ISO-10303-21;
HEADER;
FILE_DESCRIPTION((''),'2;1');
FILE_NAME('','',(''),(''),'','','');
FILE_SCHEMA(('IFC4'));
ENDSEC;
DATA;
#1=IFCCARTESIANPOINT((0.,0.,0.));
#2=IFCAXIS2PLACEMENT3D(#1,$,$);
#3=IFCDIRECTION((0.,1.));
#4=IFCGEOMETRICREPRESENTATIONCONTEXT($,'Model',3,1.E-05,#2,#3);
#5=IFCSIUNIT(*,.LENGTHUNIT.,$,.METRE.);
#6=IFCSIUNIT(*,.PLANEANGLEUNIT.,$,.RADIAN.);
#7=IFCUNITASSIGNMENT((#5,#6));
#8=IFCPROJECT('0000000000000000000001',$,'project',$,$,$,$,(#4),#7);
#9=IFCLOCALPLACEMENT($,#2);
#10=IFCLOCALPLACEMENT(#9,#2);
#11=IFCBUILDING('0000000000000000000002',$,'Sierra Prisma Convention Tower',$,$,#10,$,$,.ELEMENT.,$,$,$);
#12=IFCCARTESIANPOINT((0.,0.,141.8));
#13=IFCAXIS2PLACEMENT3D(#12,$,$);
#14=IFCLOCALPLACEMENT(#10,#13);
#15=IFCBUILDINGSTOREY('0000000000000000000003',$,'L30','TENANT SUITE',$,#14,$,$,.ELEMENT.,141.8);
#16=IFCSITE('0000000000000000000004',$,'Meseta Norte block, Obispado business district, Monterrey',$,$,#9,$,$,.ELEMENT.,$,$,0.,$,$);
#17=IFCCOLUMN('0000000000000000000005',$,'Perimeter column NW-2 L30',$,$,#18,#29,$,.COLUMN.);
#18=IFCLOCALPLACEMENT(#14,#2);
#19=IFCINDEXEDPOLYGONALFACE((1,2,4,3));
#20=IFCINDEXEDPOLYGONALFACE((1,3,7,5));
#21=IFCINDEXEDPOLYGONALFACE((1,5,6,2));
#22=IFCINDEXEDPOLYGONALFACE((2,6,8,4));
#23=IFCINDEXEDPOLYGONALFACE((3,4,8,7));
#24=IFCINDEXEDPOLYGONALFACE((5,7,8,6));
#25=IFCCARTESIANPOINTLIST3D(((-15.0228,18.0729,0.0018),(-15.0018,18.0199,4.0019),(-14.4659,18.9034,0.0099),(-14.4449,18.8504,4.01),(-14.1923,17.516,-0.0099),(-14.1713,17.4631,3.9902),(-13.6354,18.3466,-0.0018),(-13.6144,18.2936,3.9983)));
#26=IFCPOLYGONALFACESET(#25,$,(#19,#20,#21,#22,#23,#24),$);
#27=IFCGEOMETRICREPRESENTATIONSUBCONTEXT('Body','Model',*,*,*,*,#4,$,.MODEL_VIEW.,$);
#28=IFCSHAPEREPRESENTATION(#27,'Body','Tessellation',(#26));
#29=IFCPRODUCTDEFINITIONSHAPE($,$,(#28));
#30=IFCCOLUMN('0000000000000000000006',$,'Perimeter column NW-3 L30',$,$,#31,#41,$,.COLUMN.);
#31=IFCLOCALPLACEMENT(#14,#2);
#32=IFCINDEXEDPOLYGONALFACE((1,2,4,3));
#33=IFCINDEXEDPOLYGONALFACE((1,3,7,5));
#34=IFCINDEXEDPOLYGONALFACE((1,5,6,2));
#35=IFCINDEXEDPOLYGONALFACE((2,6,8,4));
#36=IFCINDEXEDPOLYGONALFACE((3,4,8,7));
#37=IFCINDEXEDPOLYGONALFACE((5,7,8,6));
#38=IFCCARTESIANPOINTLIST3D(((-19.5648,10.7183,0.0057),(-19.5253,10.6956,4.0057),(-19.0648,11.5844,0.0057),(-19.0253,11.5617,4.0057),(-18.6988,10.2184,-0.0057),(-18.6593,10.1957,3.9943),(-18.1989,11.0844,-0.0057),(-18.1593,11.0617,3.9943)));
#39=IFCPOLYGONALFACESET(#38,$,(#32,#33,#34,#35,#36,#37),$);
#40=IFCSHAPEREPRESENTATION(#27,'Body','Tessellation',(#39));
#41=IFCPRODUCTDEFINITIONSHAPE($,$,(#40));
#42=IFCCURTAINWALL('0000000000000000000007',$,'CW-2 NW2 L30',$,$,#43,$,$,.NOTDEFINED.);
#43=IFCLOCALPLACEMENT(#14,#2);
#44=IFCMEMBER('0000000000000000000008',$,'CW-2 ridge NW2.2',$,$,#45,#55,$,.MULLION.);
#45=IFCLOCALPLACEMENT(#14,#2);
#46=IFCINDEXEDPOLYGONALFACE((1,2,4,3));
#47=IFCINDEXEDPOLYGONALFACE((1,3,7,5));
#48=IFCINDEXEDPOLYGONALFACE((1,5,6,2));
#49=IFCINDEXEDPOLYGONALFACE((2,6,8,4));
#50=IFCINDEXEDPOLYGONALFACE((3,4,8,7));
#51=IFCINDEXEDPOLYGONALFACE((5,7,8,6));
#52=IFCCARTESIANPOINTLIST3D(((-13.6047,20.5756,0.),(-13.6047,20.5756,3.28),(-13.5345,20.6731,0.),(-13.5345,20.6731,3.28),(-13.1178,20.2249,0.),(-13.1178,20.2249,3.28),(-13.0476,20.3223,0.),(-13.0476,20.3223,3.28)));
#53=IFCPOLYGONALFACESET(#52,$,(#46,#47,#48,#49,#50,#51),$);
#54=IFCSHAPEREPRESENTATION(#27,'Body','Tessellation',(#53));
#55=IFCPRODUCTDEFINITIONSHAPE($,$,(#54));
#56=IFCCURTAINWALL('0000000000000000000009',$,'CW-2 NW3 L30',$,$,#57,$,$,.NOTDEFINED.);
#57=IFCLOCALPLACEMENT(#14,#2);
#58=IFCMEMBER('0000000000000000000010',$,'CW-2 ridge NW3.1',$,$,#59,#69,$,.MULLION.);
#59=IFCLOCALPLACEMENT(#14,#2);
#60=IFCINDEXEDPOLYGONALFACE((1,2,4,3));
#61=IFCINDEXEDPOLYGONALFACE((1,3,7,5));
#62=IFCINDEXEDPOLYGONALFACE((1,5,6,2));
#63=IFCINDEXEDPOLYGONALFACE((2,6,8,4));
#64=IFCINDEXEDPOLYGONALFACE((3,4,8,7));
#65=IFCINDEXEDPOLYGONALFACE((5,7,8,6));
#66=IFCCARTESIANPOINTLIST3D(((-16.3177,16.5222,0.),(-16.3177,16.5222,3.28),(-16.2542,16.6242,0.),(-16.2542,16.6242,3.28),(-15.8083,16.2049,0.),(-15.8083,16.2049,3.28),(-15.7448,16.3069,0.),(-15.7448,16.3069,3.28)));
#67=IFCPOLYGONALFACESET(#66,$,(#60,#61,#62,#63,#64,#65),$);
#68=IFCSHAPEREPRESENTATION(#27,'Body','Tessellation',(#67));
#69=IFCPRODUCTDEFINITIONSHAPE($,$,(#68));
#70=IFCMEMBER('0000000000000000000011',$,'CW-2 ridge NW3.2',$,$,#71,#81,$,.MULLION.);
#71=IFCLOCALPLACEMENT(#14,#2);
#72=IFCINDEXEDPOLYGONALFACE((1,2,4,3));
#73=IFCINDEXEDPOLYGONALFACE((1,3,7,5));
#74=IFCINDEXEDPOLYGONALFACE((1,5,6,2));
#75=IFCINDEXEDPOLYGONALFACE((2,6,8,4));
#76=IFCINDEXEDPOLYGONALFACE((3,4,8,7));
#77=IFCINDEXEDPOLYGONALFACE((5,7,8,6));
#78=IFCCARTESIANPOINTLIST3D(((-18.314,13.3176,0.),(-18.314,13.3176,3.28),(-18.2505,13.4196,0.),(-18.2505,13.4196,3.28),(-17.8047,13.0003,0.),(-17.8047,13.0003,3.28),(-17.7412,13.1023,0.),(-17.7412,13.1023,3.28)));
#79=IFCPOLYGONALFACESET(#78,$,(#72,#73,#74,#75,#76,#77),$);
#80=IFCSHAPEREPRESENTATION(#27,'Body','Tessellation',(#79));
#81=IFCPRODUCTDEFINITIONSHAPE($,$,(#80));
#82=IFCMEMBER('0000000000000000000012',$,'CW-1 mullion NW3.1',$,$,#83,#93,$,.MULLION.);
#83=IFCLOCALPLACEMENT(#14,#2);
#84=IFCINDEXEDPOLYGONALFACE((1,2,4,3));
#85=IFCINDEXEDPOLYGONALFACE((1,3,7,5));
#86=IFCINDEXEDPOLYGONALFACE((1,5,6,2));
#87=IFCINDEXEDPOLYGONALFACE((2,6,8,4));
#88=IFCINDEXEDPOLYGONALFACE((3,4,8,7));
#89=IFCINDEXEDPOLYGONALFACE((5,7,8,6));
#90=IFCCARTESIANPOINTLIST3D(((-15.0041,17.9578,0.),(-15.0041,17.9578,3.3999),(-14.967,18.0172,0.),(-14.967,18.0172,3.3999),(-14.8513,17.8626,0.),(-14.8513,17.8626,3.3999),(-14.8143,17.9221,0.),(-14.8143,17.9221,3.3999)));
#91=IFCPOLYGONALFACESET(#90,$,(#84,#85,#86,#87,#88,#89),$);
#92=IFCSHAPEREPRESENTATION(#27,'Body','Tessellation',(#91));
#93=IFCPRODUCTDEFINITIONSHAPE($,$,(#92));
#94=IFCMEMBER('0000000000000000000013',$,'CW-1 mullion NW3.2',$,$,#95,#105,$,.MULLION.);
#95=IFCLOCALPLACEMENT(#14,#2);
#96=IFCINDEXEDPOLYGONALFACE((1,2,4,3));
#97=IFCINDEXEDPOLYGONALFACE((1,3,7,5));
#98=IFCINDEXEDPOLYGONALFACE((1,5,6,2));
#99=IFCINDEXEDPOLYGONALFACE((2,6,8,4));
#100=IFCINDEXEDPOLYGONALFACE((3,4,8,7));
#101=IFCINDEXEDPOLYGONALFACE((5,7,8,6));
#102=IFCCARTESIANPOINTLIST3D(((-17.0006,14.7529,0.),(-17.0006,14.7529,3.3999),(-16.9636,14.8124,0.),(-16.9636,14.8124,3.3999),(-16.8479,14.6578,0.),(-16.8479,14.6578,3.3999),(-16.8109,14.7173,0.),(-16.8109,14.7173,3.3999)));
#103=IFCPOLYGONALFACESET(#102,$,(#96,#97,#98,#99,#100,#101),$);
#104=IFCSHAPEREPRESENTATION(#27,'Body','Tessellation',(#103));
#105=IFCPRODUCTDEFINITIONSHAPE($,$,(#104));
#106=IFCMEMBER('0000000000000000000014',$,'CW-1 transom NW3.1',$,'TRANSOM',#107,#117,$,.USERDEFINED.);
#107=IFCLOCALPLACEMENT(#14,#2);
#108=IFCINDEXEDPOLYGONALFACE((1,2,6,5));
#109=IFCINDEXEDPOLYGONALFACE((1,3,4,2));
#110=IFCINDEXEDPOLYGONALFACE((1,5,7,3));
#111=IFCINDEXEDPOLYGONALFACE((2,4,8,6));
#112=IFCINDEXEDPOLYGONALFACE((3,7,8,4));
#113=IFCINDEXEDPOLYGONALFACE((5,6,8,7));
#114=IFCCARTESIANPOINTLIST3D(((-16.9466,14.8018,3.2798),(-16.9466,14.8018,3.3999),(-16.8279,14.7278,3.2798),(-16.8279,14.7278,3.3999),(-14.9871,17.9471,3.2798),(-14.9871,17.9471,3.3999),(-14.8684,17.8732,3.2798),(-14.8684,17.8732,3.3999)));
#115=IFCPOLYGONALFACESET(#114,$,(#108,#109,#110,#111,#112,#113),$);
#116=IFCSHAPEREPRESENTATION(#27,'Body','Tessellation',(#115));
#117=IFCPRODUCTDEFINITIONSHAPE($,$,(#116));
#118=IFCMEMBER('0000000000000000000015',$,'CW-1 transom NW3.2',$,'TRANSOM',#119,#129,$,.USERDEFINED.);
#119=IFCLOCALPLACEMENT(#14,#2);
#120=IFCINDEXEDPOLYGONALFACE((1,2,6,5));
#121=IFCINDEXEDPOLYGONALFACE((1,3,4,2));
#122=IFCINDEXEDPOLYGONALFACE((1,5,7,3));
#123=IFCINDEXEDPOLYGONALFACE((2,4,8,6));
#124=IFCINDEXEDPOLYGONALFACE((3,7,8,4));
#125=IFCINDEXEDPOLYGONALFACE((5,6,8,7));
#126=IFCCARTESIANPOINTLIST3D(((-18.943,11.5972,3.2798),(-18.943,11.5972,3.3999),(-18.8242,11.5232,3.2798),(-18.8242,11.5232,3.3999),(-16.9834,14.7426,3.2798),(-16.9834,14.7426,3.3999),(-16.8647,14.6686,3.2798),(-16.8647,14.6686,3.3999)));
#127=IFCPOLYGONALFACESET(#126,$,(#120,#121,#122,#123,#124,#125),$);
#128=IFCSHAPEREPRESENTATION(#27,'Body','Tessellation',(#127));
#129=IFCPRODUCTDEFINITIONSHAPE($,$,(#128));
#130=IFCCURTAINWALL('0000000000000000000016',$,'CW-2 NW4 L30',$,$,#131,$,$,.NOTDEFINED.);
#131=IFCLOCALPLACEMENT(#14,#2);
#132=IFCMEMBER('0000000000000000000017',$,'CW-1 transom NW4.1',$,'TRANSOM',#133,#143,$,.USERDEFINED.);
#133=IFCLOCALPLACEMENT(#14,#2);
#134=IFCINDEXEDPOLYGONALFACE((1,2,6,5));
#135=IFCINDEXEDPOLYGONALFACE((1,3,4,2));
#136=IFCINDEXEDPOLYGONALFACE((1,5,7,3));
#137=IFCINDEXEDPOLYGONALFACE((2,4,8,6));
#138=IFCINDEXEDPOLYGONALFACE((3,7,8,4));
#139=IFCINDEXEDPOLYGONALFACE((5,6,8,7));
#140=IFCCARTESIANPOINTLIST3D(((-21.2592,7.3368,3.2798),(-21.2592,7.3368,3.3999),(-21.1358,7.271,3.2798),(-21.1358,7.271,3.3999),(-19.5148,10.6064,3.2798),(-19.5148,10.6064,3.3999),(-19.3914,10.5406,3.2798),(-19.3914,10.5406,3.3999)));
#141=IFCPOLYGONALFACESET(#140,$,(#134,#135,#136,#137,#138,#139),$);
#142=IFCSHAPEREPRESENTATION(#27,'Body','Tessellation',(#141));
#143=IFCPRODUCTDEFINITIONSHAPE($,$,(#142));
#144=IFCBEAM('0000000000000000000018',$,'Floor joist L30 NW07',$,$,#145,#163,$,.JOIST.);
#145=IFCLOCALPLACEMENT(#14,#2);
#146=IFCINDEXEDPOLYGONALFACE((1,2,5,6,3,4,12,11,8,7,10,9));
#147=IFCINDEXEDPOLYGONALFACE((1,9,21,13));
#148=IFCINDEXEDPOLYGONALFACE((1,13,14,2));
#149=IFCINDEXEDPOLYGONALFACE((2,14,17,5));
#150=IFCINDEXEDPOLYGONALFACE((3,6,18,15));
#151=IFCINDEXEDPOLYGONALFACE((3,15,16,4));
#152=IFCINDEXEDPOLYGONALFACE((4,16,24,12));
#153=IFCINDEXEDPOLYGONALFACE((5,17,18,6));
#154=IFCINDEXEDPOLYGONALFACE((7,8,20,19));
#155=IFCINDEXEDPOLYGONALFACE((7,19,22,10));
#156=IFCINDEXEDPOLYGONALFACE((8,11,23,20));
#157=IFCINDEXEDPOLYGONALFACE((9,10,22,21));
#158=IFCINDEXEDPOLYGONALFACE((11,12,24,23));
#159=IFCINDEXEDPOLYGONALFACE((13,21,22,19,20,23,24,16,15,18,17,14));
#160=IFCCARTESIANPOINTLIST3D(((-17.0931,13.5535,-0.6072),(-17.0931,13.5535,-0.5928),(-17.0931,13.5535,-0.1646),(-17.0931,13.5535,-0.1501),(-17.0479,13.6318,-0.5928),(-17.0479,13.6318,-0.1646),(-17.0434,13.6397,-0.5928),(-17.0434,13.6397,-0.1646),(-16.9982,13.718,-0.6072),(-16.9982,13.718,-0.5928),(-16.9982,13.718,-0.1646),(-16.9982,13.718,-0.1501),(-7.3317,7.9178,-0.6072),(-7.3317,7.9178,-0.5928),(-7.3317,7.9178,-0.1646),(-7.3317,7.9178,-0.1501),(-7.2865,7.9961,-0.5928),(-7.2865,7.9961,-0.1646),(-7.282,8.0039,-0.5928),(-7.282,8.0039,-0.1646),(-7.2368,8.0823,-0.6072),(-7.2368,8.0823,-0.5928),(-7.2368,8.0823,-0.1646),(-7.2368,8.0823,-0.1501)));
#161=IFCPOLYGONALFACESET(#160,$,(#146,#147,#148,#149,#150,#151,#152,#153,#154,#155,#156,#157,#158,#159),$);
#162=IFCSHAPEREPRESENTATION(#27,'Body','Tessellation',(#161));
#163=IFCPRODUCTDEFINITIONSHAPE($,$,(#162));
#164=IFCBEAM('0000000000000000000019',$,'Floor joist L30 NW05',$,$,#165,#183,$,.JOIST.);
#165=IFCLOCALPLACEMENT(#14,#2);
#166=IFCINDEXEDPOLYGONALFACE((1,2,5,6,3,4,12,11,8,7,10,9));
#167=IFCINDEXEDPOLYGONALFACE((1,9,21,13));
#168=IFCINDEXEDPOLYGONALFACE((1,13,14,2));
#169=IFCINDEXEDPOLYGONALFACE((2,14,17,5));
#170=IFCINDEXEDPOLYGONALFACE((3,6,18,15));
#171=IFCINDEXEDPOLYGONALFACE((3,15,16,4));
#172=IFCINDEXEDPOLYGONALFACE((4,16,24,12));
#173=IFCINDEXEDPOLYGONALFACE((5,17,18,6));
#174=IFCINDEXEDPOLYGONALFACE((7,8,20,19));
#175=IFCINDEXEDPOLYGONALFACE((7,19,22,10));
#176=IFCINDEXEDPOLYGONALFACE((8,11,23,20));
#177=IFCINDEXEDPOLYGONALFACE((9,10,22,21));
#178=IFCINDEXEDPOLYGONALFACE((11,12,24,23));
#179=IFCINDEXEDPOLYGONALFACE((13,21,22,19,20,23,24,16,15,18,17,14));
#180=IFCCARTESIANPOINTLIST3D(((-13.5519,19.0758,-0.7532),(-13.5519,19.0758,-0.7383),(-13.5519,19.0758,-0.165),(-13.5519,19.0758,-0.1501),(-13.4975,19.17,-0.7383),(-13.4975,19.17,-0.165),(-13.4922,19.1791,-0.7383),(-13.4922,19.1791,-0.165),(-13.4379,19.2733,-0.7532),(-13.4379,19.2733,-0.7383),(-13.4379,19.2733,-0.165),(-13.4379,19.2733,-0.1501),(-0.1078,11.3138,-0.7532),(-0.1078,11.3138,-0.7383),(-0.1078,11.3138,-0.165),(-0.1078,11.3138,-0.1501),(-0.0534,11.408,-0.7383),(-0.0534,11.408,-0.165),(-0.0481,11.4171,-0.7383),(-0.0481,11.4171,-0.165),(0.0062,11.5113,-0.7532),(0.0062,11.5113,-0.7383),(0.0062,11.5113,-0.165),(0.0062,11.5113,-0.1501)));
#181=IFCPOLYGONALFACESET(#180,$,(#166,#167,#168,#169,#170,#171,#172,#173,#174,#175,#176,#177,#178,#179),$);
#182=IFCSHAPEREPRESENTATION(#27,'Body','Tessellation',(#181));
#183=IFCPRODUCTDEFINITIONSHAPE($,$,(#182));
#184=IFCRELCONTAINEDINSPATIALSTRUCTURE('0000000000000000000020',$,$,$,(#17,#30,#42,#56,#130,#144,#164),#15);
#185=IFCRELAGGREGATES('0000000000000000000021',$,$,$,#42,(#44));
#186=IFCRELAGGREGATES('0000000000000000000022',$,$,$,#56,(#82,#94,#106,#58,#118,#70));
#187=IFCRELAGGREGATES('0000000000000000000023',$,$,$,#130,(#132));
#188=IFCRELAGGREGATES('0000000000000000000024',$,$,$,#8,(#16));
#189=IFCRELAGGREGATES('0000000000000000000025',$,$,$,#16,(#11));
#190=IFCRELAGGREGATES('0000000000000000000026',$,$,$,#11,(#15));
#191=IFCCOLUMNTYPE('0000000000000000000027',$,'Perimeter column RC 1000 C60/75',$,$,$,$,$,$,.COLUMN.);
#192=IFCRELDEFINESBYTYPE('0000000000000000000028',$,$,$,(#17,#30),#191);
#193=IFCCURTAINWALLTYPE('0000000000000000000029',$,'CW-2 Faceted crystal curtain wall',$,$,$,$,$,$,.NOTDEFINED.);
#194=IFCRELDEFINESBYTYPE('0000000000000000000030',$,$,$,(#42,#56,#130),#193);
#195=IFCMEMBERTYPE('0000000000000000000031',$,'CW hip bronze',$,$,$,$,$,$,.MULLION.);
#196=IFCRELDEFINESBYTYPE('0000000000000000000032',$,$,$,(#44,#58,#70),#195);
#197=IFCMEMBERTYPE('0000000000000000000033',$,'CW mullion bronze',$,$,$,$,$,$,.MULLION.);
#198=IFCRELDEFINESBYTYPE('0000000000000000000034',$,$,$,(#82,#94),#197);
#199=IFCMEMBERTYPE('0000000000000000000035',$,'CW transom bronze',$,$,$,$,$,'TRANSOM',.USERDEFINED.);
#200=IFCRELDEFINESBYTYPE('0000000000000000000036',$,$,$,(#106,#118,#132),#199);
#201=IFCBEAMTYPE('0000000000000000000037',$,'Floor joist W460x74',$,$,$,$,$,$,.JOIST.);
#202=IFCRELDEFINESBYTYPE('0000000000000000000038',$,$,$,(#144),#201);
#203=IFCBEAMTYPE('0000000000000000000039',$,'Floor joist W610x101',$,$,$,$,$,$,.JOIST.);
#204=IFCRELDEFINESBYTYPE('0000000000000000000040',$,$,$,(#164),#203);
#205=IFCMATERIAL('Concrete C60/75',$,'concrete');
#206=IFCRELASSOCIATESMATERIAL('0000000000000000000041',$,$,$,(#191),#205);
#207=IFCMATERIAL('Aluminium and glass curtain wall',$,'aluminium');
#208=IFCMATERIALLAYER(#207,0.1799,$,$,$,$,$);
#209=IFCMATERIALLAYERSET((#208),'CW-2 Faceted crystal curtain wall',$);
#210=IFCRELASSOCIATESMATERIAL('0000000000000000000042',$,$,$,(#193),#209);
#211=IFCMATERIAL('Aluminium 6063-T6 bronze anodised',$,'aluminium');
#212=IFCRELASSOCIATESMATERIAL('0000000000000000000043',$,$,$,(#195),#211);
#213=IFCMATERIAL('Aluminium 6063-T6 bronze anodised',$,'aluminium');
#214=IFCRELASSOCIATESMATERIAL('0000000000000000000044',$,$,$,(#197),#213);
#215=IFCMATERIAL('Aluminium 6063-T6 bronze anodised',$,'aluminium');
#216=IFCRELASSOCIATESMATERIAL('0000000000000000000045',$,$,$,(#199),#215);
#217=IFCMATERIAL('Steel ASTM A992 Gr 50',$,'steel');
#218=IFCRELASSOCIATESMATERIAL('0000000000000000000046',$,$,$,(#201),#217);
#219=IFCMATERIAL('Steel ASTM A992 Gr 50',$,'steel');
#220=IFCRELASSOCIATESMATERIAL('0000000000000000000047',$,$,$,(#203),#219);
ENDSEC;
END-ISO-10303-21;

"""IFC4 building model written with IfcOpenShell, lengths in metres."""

from ifc_helpers import new_model, si_unit, direction, frame, origin, origin_2d, place, context, subcontext, project, spatial, rectangle, i_section, extrude, material, layer, layer_set, material_profile, profile_set, type_object, element, aggregate, save


model = new_model("IFC4")

# Units and contexts
model_context = context("Model", 3, precision=1e-05, world=origin(), true_north=direction((0.0, 1.0)))
body_context = subcontext(model_context, "Body", "Model", "MODEL_VIEW")
ifc_project = project(units=[si_unit("LENGTHUNIT", "METRE"), si_unit("PLANEANGLEUNIT", "RADIAN")], contexts=[model_context])

# Site, building, storey
site_placement = place(None, origin())
site = spatial("IfcSite", under=ifc_project, at=site_placement, Name="Meseta Norte block, Obispado business district, Monterrey", CompositionType="ELEMENT", RefElevation=0.0)
building_placement = place(site_placement, origin())
building = spatial("IfcBuilding", under=site, at=building_placement, Name="Sierra Prisma Convention Tower", CompositionType="ELEMENT")
storey_placement = place(building_placement, frame((0.0, 0.0, 141.8)))
storey = spatial("IfcBuildingStorey", under=building, at=storey_placement, Name="L30", Description="TENANT SUITE", CompositionType="ELEMENT", Elevation=141.8)

# Columns
ifc_material_1 = material(Name="Concrete C60/75", Category="concrete")
ifc_material_profile_1 = material_profile(ifc_material_1, rectangle(XDim=1.0, YDim=1.0, at=origin_2d()), Name="Perimeter column RC 1000 C60/75")
ifc_profile_set_1 = profile_set([ifc_material_profile_1], Name="Concrete C60/75")
column_type = type_object("IfcColumnType", Name="Perimeter column RC 1000 C60/75", PredefinedType="COLUMN", material=ifc_profile_set_1)
column_1_placement = place(storey_placement, frame((-14.3291, 18.2097, 0.0), z_axis=(0.005248, -0.013243, 0.999899), x_axis=(0.556911, 0.830533, 0.008077)))
element("IfcColumn", 1, at=column_1_placement, inside=storey, type_object=column_type, Name="Perimeter column NW-2 L30", PredefinedType="COLUMN", context=body_context, shape_type="SweptSolid", body=[
    extrude(rectangle(XDim=1.0, YDim=1.0, at=origin_2d()), origin(), (0.0, 0.0, 1.0), 4.0005),
])
column_2_placement = place(storey_placement, frame((-18.8818, 10.9014, 0.0), z_axis=(0.009887, -0.005676, 0.999935), x_axis=(0.499976, 0.86604, -0.000028)))
element("IfcColumn", 2, at=column_2_placement, inside=storey, type_object=column_type, Name="Perimeter column NW-3 L30", PredefinedType="COLUMN", context=body_context, shape_type="SweptSolid", body=[
    extrude(rectangle(XDim=1.0, YDim=1.0, at=origin_2d()), origin(), (0.0, 0.0, 1.0), 4.0002),
])

# Curtain wall, member
ifc_material_2 = material(Name="Aluminium and glass curtain wall", Category="aluminium")
ifc_layer_1 = layer(ifc_material_2, 0.1799)
ifc_layer_set_1 = layer_set([ifc_layer_1], Name="CW-2 Faceted crystal curtain wall")
curtain_wall_type = type_object("IfcCurtainWallType", Name="CW-2 Faceted crystal curtain wall", PredefinedType="NOTDEFINED", material=ifc_layer_set_1)
curtain_wall_1_placement = place(storey_placement, origin())
curtain_wall_1 = element("IfcCurtainWall", 3, at=curtain_wall_1_placement, inside=storey, type_object=curtain_wall_type, Name="CW-2 NW2 L30", PredefinedType="NOTDEFINED")
ifc_material_3 = material(Name="Aluminium 6063-T6 bronze anodised", Category="aluminium")
ifc_material_profile_2 = material_profile(ifc_material_3, rectangle(XDim=0.1201, YDim=0.6001, at=origin_2d()), Name="ALU RIDGE BLADE 120x600")
ifc_profile_set_2 = profile_set([ifc_material_profile_2], Name="Aluminium 6063-T6 bronze anodised")
member_type_1 = type_object("IfcMemberType", Name="CW hip bronze", PredefinedType="MULLION", material=ifc_profile_set_2)
member_1_placement = place(storey_placement, frame((-13.3262, 20.449, 0.0), z_axis=(0.0, 0.0, 1.0), x_axis=(-0.584454, -0.811427, 0.0)))
member_1 = element("IfcMember", 4, at=member_1_placement, type_object=member_type_1, Name="CW-2 ridge NW2.2", PredefinedType="MULLION", context=body_context, shape_type="SweptSolid", body=[
    extrude(rectangle(XDim=0.1201, YDim=0.6001, at=origin_2d()), origin(), (0.0, 0.0, 1.0), 3.28),
])

# Curtain wall, members
curtain_wall_2_placement = place(storey_placement, origin())
curtain_wall_2 = element("IfcCurtainWall", 5, at=curtain_wall_2_placement, inside=storey, type_object=curtain_wall_type, Name="CW-2 NW3 L30", PredefinedType="NOTDEFINED")
member_2_placement = place(storey_placement, frame((-16.0312, 16.4146, 0.0), z_axis=(0.0, 0.0, 1.0), x_axis=(-0.528757, -0.848774, 0.0)))
member_2 = element("IfcMember", 6, at=member_2_placement, type_object=member_type_1, Name="CW-2 ridge NW3.1", PredefinedType="MULLION", context=body_context, shape_type="SweptSolid", body=[
    extrude(rectangle(XDim=0.1201, YDim=0.6001, at=origin_2d()), origin(), (0.0, 0.0, 1.0), 3.28),
])
member_3_placement = place(storey_placement, frame((-18.0276, 13.21, 0.0), z_axis=(0.0, 0.0, 1.0), x_axis=(-0.528757, -0.848774, 0.0)))
member_3 = element("IfcMember", 7, at=member_3_placement, type_object=member_type_1, Name="CW-2 ridge NW3.2", PredefinedType="MULLION", context=body_context, shape_type="SweptSolid", body=[
    extrude(rectangle(XDim=0.1201, YDim=0.6001, at=origin_2d()), origin(), (0.0, 0.0, 1.0), 3.28),
])
ifc_material_4 = material(Name="Aluminium 6063-T6 bronze anodised", Category="aluminium")
ifc_material_profile_3 = material_profile(ifc_material_4, rectangle(XDim=0.1799, YDim=0.0701, at=origin_2d()), Name="ALU MULLION 70x180")
ifc_profile_set_3 = profile_set([ifc_material_profile_3], Name="Aluminium 6063-T6 bronze anodised")
member_type_2 = type_object("IfcMemberType", Name="CW mullion bronze", PredefinedType="MULLION", material=ifc_profile_set_3)
member_4_placement = place(storey_placement, frame((-14.9092, 17.9399, 0.0), z_axis=(0.0, 0.0, 1.0), x_axis=(0.848774, -0.528757, 0.0)))
member_4 = element("IfcMember", 8, at=member_4_placement, type_object=member_type_2, Name="CW-1 mullion NW3.1", PredefinedType="MULLION", context=body_context, shape_type="SweptSolid", body=[
    extrude(rectangle(XDim=0.1799, YDim=0.0701, at=origin_2d()), origin(), (0.0, 0.0, 1.0), 3.3999),
])
member_5_placement = place(storey_placement, frame((-16.9058, 14.7351, 0.0), z_axis=(0.0, 0.0, 1.0), x_axis=(0.848774, -0.528757, 0.0)))
member_5 = element("IfcMember", 9, at=member_5_placement, type_object=member_type_2, Name="CW-1 mullion NW3.2", PredefinedType="MULLION", context=body_context, shape_type="SweptSolid", body=[
    extrude(rectangle(XDim=0.1799, YDim=0.0701, at=origin_2d()), origin(), (0.0, 0.0, 1.0), 3.3999),
])
ifc_material_5 = material(Name="Aluminium 6063-T6 bronze anodised", Category="aluminium")
ifc_material_profile_4 = material_profile(ifc_material_5, rectangle(XDim=0.1399, YDim=0.1201, at=origin_2d()), Name="ALU TRANSOM 120x140")
ifc_profile_set_4 = profile_set([ifc_material_profile_4], Name="Aluminium 6063-T6 bronze anodised")
member_type_3 = type_object("IfcMemberType", Name="CW transom bronze", ElementType="TRANSOM", PredefinedType="USERDEFINED", material=ifc_profile_set_4)
member_6_placement = place(storey_placement, frame((-14.9277, 17.9102, 3.3398), z_axis=(-0.528773, -0.848764, 0.0), x_axis=(0.848764, -0.528773, 0.0)))
member_6 = element("IfcMember", 10, at=member_6_placement, type_object=member_type_3, Name="CW-1 transom NW3.1", ObjectType="TRANSOM", PredefinedType="USERDEFINED", context=body_context, shape_type="SweptSolid", body=[
    extrude(rectangle(XDim=0.1399, YDim=0.1201, at=origin_2d()), origin(), (0.0, 0.0, 1.0), 3.7058),
])
member_7_placement = place(storey_placement, frame((-16.9241, 14.7056, 3.3398), z_axis=(-0.528773, -0.848764, 0.0), x_axis=(0.848764, -0.528773, 0.0)))
member_7 = element("IfcMember", 11, at=member_7_placement, type_object=member_type_3, Name="CW-1 transom NW3.2", ObjectType="TRANSOM", PredefinedType="USERDEFINED", context=body_context, shape_type="SweptSolid", body=[
    extrude(rectangle(XDim=0.1399, YDim=0.1201, at=origin_2d()), origin(), (0.0, 0.0, 1.0), 3.7058),
])

# Curtain wall, member
curtain_wall_3_placement = place(storey_placement, origin())
curtain_wall_3 = element("IfcCurtainWall", 12, at=curtain_wall_3_placement, inside=storey, type_object=curtain_wall_type, Name="CW-2 NW4 L30", PredefinedType="NOTDEFINED")
member_8_placement = place(storey_placement, frame((-19.4531, 10.5735, 3.3398), z_axis=(-0.470722, -0.882282, 0.0), x_axis=(0.882282, -0.470722, 0.0)))
member_8 = element("IfcMember", 13, at=member_8_placement, type_object=member_type_3, Name="CW-1 transom NW4.1", ObjectType="TRANSOM", PredefinedType="USERDEFINED", context=body_context, shape_type="SweptSolid", body=[
    extrude(rectangle(XDim=0.1399, YDim=0.1201, at=origin_2d()), origin(), (0.0, 0.0, 1.0), 3.7058),
])

# Beams
ifc_material_6 = material(Name="Steel ASTM A992 Gr 50", Category="steel")
ifc_material_profile_5 = material_profile(ifc_material_6, i_section(OverallWidth=0.1899, OverallDepth=0.457, WebThickness=0.009, FlangeThickness=0.0144, at=origin_2d()), Name="W460x74")
ifc_profile_set_5 = profile_set([ifc_material_profile_5], Name="Steel ASTM A992 Gr 50")
beam_type_1 = type_object("IfcBeamType", Name="Floor joist W460x74", PredefinedType="JOIST", material=ifc_profile_set_5)
beam_1_placement = place(storey_placement, frame((-17.0457, 13.6357, -0.3787), z_axis=(0.866027, -0.499997, 0.0), x_axis=(0.499997, 0.866027, 0.0)))
element("IfcBeam", 14, at=beam_1_placement, inside=storey, type_object=beam_type_1, Name="Floor joist L30 NW07", PredefinedType="JOIST", context=body_context, shape_type="SweptSolid", body=[
    extrude(i_section(OverallWidth=0.1899, OverallDepth=0.457, WebThickness=0.009, FlangeThickness=0.0144, at=origin_2d()), origin(), (0.0, 0.0, 1.0), 11.2715),
])
ifc_material_7 = material(Name="Steel ASTM A992 Gr 50", Category="steel")
ifc_material_profile_6 = material_profile(ifc_material_7, i_section(OverallWidth=0.228, OverallDepth=0.603, WebThickness=0.0105, FlangeThickness=0.0149, at=origin_2d()), Name="W610x101")
ifc_profile_set_6 = profile_set([ifc_material_profile_6], Name="Steel ASTM A992 Gr 50")
beam_type_2 = type_object("IfcBeamType", Name="Floor joist W610x101", PredefinedType="JOIST", material=ifc_profile_set_6)
beam_2_placement = place(storey_placement, frame((-13.4949, 19.1746, -0.4517), z_axis=(0.866025, -0.500001, 0.0), x_axis=(0.500001, 0.866025, 0.0)))
element("IfcBeam", 15, at=beam_2_placement, inside=storey, type_object=beam_type_2, Name="Floor joist L30 NW05", PredefinedType="JOIST", context=body_context, shape_type="SweptSolid", body=[
    extrude(i_section(OverallWidth=0.228, OverallDepth=0.603, WebThickness=0.0105, FlangeThickness=0.0149, at=origin_2d()), origin(), (0.0, 0.0, 1.0), 15.5239),
])

aggregate(curtain_wall_1, [member_1])
aggregate(curtain_wall_2, [member_4, member_5, member_6, member_2, member_7, member_3])
aggregate(curtain_wall_3, [member_8])

save(model, "model.ifc")
